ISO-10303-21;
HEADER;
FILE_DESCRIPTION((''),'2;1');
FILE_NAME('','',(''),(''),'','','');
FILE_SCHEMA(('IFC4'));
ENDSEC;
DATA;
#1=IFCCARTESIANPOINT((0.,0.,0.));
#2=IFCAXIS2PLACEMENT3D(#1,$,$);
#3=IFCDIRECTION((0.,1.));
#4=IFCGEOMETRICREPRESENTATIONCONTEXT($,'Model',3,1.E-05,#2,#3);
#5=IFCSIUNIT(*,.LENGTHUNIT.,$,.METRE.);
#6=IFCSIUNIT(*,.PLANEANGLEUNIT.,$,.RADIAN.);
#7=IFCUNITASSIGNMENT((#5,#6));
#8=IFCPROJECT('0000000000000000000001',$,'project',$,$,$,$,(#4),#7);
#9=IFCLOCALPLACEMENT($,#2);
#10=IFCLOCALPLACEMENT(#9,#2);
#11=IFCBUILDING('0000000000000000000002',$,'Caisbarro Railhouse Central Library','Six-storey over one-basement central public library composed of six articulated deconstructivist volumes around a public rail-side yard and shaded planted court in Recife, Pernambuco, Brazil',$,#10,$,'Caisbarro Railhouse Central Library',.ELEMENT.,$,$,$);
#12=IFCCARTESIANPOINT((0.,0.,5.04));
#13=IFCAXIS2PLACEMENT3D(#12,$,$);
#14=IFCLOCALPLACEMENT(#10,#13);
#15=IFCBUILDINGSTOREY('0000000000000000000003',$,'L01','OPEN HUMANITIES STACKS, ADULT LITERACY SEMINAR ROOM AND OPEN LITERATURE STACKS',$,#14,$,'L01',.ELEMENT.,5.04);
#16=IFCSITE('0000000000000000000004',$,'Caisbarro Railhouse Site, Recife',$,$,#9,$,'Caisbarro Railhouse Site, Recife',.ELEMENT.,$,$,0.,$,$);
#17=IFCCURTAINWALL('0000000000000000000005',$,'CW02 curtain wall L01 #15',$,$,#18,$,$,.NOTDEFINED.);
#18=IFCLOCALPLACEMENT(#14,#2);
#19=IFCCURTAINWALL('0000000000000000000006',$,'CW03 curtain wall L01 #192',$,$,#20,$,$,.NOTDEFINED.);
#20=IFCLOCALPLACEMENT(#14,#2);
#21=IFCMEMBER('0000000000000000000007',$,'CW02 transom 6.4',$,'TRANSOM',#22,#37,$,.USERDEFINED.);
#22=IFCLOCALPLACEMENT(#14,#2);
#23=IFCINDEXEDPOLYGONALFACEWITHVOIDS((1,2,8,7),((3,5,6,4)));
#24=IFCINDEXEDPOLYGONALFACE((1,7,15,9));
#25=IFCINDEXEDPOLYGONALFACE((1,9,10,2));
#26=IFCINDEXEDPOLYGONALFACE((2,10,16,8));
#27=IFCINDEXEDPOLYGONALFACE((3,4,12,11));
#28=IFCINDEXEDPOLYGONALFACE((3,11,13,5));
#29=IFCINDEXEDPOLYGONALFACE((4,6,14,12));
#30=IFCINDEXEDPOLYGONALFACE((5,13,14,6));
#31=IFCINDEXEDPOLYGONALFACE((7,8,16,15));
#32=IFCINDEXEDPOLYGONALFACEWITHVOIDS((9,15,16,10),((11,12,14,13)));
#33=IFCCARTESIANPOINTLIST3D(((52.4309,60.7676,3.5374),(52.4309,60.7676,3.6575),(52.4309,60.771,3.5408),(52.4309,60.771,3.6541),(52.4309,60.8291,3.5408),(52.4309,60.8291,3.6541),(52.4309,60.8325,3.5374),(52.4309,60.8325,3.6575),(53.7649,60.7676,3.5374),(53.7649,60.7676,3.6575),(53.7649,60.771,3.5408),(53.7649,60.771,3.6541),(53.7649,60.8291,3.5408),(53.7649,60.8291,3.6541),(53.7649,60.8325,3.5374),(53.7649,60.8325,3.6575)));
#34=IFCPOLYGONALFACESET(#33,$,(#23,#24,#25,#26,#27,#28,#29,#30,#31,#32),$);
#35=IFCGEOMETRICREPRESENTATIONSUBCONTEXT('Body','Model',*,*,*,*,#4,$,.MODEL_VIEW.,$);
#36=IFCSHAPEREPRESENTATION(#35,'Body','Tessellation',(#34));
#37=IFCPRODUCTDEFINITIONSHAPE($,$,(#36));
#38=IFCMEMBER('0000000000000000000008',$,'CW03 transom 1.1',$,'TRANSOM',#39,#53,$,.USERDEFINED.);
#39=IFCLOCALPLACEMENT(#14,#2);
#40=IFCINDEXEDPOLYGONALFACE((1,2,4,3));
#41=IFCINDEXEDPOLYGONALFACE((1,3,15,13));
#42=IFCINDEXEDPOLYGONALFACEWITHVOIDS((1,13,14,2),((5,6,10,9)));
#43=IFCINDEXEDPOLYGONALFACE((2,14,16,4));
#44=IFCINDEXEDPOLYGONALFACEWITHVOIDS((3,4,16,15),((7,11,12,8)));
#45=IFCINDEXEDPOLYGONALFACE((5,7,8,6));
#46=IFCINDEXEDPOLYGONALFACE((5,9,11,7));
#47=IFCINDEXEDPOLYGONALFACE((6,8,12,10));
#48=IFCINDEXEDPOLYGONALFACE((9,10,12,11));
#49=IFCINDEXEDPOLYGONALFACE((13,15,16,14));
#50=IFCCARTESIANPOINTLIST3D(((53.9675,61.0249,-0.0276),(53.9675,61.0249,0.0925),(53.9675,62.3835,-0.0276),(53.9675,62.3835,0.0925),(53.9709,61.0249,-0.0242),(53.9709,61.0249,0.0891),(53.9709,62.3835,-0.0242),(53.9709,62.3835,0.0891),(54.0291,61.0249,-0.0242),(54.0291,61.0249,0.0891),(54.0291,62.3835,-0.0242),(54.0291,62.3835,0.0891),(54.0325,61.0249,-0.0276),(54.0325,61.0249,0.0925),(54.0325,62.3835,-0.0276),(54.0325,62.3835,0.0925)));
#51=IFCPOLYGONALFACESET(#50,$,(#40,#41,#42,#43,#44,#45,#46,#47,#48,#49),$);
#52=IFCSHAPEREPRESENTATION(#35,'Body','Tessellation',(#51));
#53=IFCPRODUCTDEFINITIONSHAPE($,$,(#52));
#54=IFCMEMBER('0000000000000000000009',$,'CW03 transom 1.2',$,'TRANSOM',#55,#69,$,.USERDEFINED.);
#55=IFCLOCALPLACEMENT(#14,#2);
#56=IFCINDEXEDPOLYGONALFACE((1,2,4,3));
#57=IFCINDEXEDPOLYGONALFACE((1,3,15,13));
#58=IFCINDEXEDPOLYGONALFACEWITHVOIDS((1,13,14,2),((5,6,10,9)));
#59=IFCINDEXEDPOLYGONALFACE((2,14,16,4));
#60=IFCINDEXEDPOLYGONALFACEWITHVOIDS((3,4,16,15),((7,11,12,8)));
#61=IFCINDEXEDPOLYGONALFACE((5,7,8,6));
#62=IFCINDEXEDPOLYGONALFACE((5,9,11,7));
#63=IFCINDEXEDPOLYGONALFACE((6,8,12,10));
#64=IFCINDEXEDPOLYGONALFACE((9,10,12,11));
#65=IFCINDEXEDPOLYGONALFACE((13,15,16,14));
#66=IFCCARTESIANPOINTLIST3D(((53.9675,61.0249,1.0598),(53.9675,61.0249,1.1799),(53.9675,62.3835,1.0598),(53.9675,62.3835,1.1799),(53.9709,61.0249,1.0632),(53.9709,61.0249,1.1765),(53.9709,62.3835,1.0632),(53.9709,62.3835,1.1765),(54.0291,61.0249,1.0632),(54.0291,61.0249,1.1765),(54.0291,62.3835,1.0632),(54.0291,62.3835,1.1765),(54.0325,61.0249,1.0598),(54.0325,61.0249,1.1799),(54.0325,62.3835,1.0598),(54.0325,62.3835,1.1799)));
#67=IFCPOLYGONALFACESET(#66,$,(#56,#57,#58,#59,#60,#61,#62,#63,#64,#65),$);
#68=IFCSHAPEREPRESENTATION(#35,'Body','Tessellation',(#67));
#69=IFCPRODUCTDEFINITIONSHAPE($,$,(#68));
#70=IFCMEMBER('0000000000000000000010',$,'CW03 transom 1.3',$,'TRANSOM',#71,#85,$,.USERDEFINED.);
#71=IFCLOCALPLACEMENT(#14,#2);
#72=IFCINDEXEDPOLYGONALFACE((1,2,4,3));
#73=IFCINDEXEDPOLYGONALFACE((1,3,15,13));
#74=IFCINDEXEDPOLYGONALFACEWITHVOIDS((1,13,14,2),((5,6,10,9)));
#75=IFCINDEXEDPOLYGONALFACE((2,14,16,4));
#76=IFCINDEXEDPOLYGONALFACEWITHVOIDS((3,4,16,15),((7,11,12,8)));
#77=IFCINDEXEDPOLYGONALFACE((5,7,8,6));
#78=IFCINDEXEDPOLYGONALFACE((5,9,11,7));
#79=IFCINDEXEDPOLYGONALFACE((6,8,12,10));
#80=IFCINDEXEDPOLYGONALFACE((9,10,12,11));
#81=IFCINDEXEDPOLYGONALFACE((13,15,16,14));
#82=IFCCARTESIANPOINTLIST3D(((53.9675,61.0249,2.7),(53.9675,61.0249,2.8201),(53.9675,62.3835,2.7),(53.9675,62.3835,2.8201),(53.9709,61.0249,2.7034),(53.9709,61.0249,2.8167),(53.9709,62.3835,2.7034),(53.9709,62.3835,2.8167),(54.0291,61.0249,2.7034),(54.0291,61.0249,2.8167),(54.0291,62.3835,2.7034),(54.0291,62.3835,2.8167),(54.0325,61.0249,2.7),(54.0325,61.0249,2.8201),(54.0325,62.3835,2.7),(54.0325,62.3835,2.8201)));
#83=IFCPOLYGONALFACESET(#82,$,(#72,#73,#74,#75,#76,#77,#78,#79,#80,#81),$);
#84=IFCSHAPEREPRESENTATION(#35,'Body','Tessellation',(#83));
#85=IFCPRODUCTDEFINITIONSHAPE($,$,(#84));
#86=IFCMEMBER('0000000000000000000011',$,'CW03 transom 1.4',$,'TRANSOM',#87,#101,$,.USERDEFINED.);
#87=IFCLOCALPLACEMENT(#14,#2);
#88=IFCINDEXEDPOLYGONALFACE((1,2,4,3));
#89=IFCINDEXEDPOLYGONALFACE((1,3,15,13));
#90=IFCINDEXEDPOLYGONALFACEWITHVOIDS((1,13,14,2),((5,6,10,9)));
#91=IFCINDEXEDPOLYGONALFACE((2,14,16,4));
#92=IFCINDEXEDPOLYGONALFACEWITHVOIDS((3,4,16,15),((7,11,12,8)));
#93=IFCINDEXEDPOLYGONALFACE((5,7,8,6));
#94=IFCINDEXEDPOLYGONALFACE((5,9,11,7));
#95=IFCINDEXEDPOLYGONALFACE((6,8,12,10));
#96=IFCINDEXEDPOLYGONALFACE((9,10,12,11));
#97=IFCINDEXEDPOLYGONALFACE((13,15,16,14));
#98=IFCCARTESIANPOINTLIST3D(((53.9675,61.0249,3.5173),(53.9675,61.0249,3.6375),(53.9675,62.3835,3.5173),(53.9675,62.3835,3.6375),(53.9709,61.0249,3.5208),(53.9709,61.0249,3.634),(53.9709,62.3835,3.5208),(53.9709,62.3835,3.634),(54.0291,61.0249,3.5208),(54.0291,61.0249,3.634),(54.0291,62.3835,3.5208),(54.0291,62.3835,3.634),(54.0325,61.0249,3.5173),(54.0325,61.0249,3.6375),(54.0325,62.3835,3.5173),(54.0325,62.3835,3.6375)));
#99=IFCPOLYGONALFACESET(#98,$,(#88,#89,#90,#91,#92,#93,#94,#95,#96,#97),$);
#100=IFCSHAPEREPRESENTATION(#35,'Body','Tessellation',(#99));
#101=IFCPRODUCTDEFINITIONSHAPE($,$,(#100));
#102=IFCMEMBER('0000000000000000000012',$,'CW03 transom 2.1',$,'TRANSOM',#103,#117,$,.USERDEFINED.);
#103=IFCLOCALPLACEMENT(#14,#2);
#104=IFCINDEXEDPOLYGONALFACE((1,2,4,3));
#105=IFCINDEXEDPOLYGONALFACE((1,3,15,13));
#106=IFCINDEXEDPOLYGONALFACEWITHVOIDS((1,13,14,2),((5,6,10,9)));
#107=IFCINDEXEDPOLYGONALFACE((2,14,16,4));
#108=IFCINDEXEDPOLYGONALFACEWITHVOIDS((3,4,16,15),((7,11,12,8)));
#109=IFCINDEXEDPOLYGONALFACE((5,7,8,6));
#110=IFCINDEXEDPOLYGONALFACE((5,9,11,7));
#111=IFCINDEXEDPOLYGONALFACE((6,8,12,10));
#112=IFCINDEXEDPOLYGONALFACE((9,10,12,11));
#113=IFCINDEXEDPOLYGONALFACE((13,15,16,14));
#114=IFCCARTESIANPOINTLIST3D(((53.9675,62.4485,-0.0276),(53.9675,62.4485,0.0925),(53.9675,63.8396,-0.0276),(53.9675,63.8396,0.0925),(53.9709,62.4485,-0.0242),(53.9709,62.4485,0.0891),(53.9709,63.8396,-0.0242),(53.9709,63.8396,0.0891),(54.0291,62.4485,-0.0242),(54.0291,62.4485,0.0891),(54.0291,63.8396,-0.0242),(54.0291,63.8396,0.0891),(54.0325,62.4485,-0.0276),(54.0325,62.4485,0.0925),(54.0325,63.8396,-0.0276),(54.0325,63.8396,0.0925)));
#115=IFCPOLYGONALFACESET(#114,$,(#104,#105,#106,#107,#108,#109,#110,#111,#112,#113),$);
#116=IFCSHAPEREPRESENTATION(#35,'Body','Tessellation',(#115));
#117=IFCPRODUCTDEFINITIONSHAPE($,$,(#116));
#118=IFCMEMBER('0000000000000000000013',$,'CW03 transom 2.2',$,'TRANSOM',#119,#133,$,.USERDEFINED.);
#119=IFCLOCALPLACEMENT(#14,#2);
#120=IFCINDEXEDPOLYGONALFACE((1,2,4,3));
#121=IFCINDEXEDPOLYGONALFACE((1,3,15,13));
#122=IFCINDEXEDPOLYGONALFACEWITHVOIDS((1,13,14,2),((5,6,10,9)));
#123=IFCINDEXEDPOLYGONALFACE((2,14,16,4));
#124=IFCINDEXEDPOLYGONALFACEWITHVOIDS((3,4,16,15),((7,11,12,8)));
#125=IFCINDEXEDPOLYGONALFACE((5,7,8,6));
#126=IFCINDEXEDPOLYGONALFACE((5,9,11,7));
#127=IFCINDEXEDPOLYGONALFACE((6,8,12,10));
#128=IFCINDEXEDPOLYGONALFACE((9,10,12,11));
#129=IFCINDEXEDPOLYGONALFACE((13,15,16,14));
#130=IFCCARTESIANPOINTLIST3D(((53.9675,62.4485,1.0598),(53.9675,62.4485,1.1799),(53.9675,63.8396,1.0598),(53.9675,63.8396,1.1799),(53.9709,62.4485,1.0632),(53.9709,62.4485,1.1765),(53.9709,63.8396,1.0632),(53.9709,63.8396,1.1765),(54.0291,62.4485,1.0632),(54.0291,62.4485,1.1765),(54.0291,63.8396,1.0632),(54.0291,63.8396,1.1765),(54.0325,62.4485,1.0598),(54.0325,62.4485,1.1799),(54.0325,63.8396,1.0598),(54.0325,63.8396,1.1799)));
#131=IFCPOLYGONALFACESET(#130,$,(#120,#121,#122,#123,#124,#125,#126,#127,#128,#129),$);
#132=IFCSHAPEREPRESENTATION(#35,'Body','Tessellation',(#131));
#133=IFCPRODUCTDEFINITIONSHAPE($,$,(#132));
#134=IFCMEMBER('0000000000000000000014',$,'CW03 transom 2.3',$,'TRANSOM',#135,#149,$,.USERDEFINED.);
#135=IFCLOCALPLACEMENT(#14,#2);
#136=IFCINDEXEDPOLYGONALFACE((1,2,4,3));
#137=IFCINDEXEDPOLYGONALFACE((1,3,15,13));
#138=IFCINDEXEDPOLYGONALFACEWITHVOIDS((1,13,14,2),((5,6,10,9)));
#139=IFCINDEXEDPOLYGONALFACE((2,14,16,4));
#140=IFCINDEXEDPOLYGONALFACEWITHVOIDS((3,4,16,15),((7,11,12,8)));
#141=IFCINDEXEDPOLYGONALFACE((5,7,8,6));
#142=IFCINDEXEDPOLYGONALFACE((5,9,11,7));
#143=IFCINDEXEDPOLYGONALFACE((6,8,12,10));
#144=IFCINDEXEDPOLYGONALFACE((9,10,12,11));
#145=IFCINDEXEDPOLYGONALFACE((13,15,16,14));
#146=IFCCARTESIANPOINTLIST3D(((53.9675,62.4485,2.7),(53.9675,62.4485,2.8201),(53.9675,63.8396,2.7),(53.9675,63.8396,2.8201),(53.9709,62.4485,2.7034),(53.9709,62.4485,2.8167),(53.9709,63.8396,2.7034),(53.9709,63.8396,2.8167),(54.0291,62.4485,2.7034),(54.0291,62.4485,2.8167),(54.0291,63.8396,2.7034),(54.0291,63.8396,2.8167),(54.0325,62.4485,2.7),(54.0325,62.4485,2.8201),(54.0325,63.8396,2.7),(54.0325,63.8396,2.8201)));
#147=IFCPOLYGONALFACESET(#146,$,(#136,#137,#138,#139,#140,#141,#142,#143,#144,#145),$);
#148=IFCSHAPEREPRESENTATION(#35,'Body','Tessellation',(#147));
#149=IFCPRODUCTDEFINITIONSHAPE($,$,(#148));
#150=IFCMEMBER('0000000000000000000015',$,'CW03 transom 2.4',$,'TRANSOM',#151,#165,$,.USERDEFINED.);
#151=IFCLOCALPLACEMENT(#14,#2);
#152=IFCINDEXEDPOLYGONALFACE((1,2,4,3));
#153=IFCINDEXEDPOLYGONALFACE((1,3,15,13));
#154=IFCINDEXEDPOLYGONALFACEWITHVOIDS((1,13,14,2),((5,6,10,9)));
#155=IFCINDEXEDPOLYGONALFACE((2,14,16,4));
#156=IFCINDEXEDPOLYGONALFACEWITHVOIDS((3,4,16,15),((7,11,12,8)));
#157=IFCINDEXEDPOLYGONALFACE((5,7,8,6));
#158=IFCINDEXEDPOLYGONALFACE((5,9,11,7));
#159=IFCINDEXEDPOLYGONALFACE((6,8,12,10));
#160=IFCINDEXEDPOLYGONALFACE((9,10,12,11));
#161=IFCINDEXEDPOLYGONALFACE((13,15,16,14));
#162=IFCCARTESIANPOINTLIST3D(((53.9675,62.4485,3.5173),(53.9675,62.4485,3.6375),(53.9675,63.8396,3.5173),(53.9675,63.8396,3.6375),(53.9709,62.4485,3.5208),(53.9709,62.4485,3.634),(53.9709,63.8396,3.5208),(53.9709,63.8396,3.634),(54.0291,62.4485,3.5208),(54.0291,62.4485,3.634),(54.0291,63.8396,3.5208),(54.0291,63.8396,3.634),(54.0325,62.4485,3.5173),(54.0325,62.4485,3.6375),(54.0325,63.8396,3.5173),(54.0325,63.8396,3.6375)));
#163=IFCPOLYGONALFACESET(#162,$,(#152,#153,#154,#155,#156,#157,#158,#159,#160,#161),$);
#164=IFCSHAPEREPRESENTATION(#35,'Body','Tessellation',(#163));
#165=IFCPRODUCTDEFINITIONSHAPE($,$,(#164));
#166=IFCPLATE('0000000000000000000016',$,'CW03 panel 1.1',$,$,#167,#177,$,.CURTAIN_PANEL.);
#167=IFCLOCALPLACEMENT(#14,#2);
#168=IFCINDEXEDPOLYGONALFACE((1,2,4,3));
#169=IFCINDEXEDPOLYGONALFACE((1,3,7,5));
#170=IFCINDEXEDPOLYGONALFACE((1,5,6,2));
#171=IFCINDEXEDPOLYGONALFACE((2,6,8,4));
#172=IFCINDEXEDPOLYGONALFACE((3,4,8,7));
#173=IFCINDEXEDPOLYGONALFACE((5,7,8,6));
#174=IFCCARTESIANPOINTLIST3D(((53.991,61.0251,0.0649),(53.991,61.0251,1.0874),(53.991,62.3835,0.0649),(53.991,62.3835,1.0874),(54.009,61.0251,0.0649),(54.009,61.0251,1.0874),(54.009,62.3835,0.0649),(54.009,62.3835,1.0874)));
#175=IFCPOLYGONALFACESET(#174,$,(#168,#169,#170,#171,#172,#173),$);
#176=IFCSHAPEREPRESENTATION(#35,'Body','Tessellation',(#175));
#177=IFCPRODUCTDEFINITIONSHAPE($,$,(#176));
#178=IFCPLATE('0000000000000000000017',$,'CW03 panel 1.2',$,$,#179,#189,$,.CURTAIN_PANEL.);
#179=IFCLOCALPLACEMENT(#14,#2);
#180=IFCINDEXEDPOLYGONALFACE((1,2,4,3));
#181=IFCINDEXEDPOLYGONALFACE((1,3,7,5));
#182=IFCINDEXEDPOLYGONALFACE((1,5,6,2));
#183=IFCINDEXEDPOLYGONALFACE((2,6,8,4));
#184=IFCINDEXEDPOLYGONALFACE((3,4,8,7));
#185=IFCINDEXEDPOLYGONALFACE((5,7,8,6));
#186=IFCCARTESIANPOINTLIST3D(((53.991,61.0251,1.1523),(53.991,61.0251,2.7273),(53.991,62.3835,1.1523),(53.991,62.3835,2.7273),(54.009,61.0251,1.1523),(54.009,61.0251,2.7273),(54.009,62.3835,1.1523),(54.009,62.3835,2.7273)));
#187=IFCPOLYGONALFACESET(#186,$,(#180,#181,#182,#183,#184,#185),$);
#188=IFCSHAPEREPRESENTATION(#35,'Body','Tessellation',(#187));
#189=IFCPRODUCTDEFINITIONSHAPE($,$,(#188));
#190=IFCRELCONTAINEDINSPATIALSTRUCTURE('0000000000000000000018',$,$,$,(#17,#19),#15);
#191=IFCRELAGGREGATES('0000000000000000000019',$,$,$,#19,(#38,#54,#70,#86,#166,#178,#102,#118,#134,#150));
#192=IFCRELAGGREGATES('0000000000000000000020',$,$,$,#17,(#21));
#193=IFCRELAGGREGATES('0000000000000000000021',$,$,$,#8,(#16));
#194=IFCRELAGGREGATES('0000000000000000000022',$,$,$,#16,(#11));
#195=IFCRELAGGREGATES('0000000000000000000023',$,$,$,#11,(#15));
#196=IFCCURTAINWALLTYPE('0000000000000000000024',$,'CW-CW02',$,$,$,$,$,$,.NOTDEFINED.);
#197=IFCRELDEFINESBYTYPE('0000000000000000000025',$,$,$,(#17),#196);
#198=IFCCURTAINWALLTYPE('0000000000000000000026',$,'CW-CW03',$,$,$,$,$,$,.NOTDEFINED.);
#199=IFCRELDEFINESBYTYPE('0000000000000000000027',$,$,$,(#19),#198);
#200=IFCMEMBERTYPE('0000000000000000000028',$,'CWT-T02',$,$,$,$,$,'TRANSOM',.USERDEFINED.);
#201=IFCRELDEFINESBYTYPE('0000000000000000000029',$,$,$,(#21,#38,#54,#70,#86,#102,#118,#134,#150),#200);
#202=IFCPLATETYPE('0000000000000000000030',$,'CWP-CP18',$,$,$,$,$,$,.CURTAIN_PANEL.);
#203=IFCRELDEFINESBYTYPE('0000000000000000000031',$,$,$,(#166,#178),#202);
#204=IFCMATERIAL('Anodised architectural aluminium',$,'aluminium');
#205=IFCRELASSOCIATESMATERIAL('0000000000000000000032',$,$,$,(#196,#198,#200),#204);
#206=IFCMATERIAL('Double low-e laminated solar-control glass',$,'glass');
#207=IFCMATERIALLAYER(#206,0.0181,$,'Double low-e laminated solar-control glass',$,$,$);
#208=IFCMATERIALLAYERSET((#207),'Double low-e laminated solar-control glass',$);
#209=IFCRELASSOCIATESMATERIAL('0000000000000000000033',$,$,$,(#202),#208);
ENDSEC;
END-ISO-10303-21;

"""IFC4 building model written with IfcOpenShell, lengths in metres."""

from ifc_helpers import new_model, si_unit, direction, frame, origin, origin_2d, place, context, subcontext, project, spatial, rectangle, hollow_rectangle, extrude, material, layer, layer_set, material_profile, profile_set, type_object, element, aggregate, save


model = new_model("IFC4")

# Units and contexts
model_context = context("Model", 3, precision=1e-05, world=origin(), true_north=direction((0.0, 1.0)))
body_context = subcontext(model_context, "Body", "Model", "MODEL_VIEW")
ifc_project = project(units=[si_unit("LENGTHUNIT", "METRE"), si_unit("PLANEANGLEUNIT", "RADIAN")], contexts=[model_context])

# Site, building, storey
site_placement = place(None, origin())
site = spatial("IfcSite", under=ifc_project, at=site_placement, Name="Caisbarro Railhouse Site, Recife", LongName="Caisbarro Railhouse Site, Recife", CompositionType="ELEMENT", RefElevation=0.0)
building_placement = place(site_placement, origin())
building = spatial("IfcBuilding", under=site, at=building_placement, Name="Caisbarro Railhouse Central Library", Description="Six-storey over one-basement central public library composed of six articulated deconstructivist volumes around a public rail-side yard and shaded planted court in Recife, Pernambuco, Brazil", LongName="Caisbarro Railhouse Central Library", CompositionType="ELEMENT")
storey_placement = place(building_placement, frame((0.0, 0.0, 5.04)))
storey = spatial("IfcBuildingStorey", under=building, at=storey_placement, Name="L01", Description="OPEN HUMANITIES STACKS, ADULT LITERACY SEMINAR ROOM AND OPEN LITERATURE STACKS", LongName="L01", CompositionType="ELEMENT", Elevation=5.04)

# Curtain walls
ifc_material_1 = material(Name="Anodised architectural aluminium", Category="aluminium")
curtain_wall_type_1 = type_object("IfcCurtainWallType", Name="CW-CW02", PredefinedType="NOTDEFINED", material=ifc_material_1)
curtain_wall_1_placement = place(storey_placement, origin())
curtain_wall_1 = element("IfcCurtainWall", 1, at=curtain_wall_1_placement, inside=storey, type_object=curtain_wall_type_1, Name="CW02 curtain wall L01 #15", PredefinedType="NOTDEFINED")
curtain_wall_type_2 = type_object("IfcCurtainWallType", Name="CW-CW03", PredefinedType="NOTDEFINED", material=ifc_material_1)
curtain_wall_2_placement = place(storey_placement, origin())
curtain_wall_2 = element("IfcCurtainWall", 2, at=curtain_wall_2_placement, inside=storey, type_object=curtain_wall_type_2, Name="CW03 curtain wall L01 #192", PredefinedType="NOTDEFINED")

# Members
ifc_material_profile_1 = material_profile(ifc_material_1, hollow_rectangle(XDim=0.0649, YDim=0.1201, WallThickness=0.0034, at=origin_2d()), Name="ALU-TRN-65X120")
ifc_profile_set_1 = profile_set([ifc_material_profile_1], Name="Anodised architectural aluminium")
member_type_1 = type_object("IfcMemberType", Name="CWT-T02", ElementType="TRANSOM", PredefinedType="USERDEFINED", material=ifc_profile_set_1)
member_1_placement = place(storey_placement, frame((52.4309, 60.8, 3.5974), z_axis=(1.0, 0.0, 0.0), x_axis=(0.0, 1.0, 0.0)))
member_1 = element("IfcMember", 3, at=member_1_placement, type_object=member_type_1, Name="CW02 transom 6.4", ObjectType="TRANSOM", PredefinedType="USERDEFINED", context=body_context, shape_type="SweptSolid", body=[
    extrude(hollow_rectangle(XDim=0.0649, YDim=0.1201, WallThickness=0.0034, at=origin_2d()), origin(), (0.0, 0.0, 1.0), 1.334),
])
member_2_placement = place(storey_placement, frame((54.0, 61.0249, 0.0325), z_axis=(0.0, 1.0, 0.0), x_axis=(-1.0, 0.0, 0.0)))
member_2 = element("IfcMember", 4, at=member_2_placement, type_object=member_type_1, Name="CW03 transom 1.1", ObjectType="TRANSOM", PredefinedType="USERDEFINED", context=body_context, shape_type="SweptSolid", body=[
    extrude(hollow_rectangle(XDim=0.0649, YDim=0.1201, WallThickness=0.0034, at=origin_2d()), origin(), (0.0, 0.0, 1.0), 1.3586),
])
member_3_placement = place(storey_placement, frame((54.0, 61.0249, 1.1199), z_axis=(0.0, 1.0, 0.0), x_axis=(-1.0, 0.0, 0.0)))
member_3 = element("IfcMember", 5, at=member_3_placement, type_object=member_type_1, Name="CW03 transom 1.2", ObjectType="TRANSOM", PredefinedType="USERDEFINED", context=body_context, shape_type="SweptSolid", body=[
    extrude(hollow_rectangle(XDim=0.0649, YDim=0.1201, WallThickness=0.0034, at=origin_2d()), origin(), (0.0, 0.0, 1.0), 1.3586),
])
member_4_placement = place(storey_placement, frame((54.0, 61.0249, 2.76), z_axis=(0.0, 1.0, 0.0), x_axis=(-1.0, 0.0, 0.0)))
member_4 = element("IfcMember", 6, at=member_4_placement, type_object=member_type_1, Name="CW03 transom 1.3", ObjectType="TRANSOM", PredefinedType="USERDEFINED", context=body_context, shape_type="SweptSolid", body=[
    extrude(hollow_rectangle(XDim=0.0649, YDim=0.1201, WallThickness=0.0034, at=origin_2d()), origin(), (0.0, 0.0, 1.0), 1.3586),
])
member_5_placement = place(storey_placement, frame((54.0, 61.0249, 3.5774), z_axis=(0.0, 1.0, 0.0), x_axis=(-1.0, 0.0, 0.0)))
member_5 = element("IfcMember", 7, at=member_5_placement, type_object=member_type_1, Name="CW03 transom 1.4", ObjectType="TRANSOM", PredefinedType="USERDEFINED", context=body_context, shape_type="SweptSolid", body=[
    extrude(hollow_rectangle(XDim=0.0649, YDim=0.1201, WallThickness=0.0034, at=origin_2d()), origin(), (0.0, 0.0, 1.0), 1.3586),
])
member_6_placement = place(storey_placement, frame((54.0, 62.4485, 0.0325), z_axis=(0.0, 1.0, 0.0), x_axis=(-1.0, 0.0, 0.0)))
member_6 = element("IfcMember", 8, at=member_6_placement, type_object=member_type_1, Name="CW03 transom 2.1", ObjectType="TRANSOM", PredefinedType="USERDEFINED", context=body_context, shape_type="SweptSolid", body=[
    extrude(hollow_rectangle(XDim=0.0649, YDim=0.1201, WallThickness=0.0034, at=origin_2d()), origin(), (0.0, 0.0, 1.0), 1.3911),
])
member_7_placement = place(storey_placement, frame((54.0, 62.4485, 1.1199), z_axis=(0.0, 1.0, 0.0), x_axis=(-1.0, 0.0, 0.0)))
member_7 = element("IfcMember", 9, at=member_7_placement, type_object=member_type_1, Name="CW03 transom 2.2", ObjectType="TRANSOM", PredefinedType="USERDEFINED", context=body_context, shape_type="SweptSolid", body=[
    extrude(hollow_rectangle(XDim=0.0649, YDim=0.1201, WallThickness=0.0034, at=origin_2d()), origin(), (0.0, 0.0, 1.0), 1.3911),
])
member_8_placement = place(storey_placement, frame((54.0, 62.4485, 2.76), z_axis=(0.0, 1.0, 0.0), x_axis=(-1.0, 0.0, 0.0)))
member_8 = element("IfcMember", 10, at=member_8_placement, type_object=member_type_1, Name="CW03 transom 2.3", ObjectType="TRANSOM", PredefinedType="USERDEFINED", context=body_context, shape_type="SweptSolid", body=[
    extrude(hollow_rectangle(XDim=0.0649, YDim=0.1201, WallThickness=0.0034, at=origin_2d()), origin(), (0.0, 0.0, 1.0), 1.3911),
])
member_9_placement = place(storey_placement, frame((54.0, 62.4485, 3.5774), z_axis=(0.0, 1.0, 0.0), x_axis=(-1.0, 0.0, 0.0)))
member_9 = element("IfcMember", 11, at=member_9_placement, type_object=member_type_1, Name="CW03 transom 2.4", ObjectType="TRANSOM", PredefinedType="USERDEFINED", context=body_context, shape_type="SweptSolid", body=[
    extrude(hollow_rectangle(XDim=0.0649, YDim=0.1201, WallThickness=0.0034, at=origin_2d()), origin(), (0.0, 0.0, 1.0), 1.3911),
])

# Plates
ifc_material_2 = material(Name="Double low-e laminated solar-control glass", Category="glass")
ifc_layer_1 = layer(ifc_material_2, 0.0181, Name="Double low-e laminated solar-control glass")
ifc_layer_set_1 = layer_set([ifc_layer_1], Name="Double low-e laminated solar-control glass")
plate_type_1 = type_object("IfcPlateType", Name="CWP-CP18", PredefinedType="CURTAIN_PANEL", material=ifc_layer_set_1)
plate_1_placement = place(storey_placement, frame((54.0, 61.7043, 0.0649), z_axis=(0.0, 0.0, 1.0), x_axis=(0.0, 1.0, 0.0)))
plate_1 = element("IfcPlate", 12, at=plate_1_placement, type_object=plate_type_1, Name="CW03 panel 1.1", PredefinedType="CURTAIN_PANEL", context=body_context, shape_type="SweptSolid", body=[
    extrude(rectangle(XDim=1.3584, YDim=0.0181, at=origin_2d()), origin(), (0.0, 0.0, 1.0), 1.0225),
])
plate_2_placement = place(storey_placement, frame((54.0, 61.7043, 1.1523), z_axis=(0.0, 0.0, 1.0), x_axis=(0.0, 1.0, 0.0)))
plate_2 = element("IfcPlate", 13, at=plate_2_placement, type_object=plate_type_1, Name="CW03 panel 1.2", PredefinedType="CURTAIN_PANEL", context=body_context, shape_type="SweptSolid", body=[
    extrude(rectangle(XDim=1.3584, YDim=0.0181, at=origin_2d()), origin(), (0.0, 0.0, 1.0), 1.575),
])
aggregate(curtain_wall_2, [member_2, member_3, member_4, member_5, plate_1, plate_2, member_6, member_7, member_8, member_9])
aggregate(curtain_wall_1, [member_1])

save(model, "model.ifc")
